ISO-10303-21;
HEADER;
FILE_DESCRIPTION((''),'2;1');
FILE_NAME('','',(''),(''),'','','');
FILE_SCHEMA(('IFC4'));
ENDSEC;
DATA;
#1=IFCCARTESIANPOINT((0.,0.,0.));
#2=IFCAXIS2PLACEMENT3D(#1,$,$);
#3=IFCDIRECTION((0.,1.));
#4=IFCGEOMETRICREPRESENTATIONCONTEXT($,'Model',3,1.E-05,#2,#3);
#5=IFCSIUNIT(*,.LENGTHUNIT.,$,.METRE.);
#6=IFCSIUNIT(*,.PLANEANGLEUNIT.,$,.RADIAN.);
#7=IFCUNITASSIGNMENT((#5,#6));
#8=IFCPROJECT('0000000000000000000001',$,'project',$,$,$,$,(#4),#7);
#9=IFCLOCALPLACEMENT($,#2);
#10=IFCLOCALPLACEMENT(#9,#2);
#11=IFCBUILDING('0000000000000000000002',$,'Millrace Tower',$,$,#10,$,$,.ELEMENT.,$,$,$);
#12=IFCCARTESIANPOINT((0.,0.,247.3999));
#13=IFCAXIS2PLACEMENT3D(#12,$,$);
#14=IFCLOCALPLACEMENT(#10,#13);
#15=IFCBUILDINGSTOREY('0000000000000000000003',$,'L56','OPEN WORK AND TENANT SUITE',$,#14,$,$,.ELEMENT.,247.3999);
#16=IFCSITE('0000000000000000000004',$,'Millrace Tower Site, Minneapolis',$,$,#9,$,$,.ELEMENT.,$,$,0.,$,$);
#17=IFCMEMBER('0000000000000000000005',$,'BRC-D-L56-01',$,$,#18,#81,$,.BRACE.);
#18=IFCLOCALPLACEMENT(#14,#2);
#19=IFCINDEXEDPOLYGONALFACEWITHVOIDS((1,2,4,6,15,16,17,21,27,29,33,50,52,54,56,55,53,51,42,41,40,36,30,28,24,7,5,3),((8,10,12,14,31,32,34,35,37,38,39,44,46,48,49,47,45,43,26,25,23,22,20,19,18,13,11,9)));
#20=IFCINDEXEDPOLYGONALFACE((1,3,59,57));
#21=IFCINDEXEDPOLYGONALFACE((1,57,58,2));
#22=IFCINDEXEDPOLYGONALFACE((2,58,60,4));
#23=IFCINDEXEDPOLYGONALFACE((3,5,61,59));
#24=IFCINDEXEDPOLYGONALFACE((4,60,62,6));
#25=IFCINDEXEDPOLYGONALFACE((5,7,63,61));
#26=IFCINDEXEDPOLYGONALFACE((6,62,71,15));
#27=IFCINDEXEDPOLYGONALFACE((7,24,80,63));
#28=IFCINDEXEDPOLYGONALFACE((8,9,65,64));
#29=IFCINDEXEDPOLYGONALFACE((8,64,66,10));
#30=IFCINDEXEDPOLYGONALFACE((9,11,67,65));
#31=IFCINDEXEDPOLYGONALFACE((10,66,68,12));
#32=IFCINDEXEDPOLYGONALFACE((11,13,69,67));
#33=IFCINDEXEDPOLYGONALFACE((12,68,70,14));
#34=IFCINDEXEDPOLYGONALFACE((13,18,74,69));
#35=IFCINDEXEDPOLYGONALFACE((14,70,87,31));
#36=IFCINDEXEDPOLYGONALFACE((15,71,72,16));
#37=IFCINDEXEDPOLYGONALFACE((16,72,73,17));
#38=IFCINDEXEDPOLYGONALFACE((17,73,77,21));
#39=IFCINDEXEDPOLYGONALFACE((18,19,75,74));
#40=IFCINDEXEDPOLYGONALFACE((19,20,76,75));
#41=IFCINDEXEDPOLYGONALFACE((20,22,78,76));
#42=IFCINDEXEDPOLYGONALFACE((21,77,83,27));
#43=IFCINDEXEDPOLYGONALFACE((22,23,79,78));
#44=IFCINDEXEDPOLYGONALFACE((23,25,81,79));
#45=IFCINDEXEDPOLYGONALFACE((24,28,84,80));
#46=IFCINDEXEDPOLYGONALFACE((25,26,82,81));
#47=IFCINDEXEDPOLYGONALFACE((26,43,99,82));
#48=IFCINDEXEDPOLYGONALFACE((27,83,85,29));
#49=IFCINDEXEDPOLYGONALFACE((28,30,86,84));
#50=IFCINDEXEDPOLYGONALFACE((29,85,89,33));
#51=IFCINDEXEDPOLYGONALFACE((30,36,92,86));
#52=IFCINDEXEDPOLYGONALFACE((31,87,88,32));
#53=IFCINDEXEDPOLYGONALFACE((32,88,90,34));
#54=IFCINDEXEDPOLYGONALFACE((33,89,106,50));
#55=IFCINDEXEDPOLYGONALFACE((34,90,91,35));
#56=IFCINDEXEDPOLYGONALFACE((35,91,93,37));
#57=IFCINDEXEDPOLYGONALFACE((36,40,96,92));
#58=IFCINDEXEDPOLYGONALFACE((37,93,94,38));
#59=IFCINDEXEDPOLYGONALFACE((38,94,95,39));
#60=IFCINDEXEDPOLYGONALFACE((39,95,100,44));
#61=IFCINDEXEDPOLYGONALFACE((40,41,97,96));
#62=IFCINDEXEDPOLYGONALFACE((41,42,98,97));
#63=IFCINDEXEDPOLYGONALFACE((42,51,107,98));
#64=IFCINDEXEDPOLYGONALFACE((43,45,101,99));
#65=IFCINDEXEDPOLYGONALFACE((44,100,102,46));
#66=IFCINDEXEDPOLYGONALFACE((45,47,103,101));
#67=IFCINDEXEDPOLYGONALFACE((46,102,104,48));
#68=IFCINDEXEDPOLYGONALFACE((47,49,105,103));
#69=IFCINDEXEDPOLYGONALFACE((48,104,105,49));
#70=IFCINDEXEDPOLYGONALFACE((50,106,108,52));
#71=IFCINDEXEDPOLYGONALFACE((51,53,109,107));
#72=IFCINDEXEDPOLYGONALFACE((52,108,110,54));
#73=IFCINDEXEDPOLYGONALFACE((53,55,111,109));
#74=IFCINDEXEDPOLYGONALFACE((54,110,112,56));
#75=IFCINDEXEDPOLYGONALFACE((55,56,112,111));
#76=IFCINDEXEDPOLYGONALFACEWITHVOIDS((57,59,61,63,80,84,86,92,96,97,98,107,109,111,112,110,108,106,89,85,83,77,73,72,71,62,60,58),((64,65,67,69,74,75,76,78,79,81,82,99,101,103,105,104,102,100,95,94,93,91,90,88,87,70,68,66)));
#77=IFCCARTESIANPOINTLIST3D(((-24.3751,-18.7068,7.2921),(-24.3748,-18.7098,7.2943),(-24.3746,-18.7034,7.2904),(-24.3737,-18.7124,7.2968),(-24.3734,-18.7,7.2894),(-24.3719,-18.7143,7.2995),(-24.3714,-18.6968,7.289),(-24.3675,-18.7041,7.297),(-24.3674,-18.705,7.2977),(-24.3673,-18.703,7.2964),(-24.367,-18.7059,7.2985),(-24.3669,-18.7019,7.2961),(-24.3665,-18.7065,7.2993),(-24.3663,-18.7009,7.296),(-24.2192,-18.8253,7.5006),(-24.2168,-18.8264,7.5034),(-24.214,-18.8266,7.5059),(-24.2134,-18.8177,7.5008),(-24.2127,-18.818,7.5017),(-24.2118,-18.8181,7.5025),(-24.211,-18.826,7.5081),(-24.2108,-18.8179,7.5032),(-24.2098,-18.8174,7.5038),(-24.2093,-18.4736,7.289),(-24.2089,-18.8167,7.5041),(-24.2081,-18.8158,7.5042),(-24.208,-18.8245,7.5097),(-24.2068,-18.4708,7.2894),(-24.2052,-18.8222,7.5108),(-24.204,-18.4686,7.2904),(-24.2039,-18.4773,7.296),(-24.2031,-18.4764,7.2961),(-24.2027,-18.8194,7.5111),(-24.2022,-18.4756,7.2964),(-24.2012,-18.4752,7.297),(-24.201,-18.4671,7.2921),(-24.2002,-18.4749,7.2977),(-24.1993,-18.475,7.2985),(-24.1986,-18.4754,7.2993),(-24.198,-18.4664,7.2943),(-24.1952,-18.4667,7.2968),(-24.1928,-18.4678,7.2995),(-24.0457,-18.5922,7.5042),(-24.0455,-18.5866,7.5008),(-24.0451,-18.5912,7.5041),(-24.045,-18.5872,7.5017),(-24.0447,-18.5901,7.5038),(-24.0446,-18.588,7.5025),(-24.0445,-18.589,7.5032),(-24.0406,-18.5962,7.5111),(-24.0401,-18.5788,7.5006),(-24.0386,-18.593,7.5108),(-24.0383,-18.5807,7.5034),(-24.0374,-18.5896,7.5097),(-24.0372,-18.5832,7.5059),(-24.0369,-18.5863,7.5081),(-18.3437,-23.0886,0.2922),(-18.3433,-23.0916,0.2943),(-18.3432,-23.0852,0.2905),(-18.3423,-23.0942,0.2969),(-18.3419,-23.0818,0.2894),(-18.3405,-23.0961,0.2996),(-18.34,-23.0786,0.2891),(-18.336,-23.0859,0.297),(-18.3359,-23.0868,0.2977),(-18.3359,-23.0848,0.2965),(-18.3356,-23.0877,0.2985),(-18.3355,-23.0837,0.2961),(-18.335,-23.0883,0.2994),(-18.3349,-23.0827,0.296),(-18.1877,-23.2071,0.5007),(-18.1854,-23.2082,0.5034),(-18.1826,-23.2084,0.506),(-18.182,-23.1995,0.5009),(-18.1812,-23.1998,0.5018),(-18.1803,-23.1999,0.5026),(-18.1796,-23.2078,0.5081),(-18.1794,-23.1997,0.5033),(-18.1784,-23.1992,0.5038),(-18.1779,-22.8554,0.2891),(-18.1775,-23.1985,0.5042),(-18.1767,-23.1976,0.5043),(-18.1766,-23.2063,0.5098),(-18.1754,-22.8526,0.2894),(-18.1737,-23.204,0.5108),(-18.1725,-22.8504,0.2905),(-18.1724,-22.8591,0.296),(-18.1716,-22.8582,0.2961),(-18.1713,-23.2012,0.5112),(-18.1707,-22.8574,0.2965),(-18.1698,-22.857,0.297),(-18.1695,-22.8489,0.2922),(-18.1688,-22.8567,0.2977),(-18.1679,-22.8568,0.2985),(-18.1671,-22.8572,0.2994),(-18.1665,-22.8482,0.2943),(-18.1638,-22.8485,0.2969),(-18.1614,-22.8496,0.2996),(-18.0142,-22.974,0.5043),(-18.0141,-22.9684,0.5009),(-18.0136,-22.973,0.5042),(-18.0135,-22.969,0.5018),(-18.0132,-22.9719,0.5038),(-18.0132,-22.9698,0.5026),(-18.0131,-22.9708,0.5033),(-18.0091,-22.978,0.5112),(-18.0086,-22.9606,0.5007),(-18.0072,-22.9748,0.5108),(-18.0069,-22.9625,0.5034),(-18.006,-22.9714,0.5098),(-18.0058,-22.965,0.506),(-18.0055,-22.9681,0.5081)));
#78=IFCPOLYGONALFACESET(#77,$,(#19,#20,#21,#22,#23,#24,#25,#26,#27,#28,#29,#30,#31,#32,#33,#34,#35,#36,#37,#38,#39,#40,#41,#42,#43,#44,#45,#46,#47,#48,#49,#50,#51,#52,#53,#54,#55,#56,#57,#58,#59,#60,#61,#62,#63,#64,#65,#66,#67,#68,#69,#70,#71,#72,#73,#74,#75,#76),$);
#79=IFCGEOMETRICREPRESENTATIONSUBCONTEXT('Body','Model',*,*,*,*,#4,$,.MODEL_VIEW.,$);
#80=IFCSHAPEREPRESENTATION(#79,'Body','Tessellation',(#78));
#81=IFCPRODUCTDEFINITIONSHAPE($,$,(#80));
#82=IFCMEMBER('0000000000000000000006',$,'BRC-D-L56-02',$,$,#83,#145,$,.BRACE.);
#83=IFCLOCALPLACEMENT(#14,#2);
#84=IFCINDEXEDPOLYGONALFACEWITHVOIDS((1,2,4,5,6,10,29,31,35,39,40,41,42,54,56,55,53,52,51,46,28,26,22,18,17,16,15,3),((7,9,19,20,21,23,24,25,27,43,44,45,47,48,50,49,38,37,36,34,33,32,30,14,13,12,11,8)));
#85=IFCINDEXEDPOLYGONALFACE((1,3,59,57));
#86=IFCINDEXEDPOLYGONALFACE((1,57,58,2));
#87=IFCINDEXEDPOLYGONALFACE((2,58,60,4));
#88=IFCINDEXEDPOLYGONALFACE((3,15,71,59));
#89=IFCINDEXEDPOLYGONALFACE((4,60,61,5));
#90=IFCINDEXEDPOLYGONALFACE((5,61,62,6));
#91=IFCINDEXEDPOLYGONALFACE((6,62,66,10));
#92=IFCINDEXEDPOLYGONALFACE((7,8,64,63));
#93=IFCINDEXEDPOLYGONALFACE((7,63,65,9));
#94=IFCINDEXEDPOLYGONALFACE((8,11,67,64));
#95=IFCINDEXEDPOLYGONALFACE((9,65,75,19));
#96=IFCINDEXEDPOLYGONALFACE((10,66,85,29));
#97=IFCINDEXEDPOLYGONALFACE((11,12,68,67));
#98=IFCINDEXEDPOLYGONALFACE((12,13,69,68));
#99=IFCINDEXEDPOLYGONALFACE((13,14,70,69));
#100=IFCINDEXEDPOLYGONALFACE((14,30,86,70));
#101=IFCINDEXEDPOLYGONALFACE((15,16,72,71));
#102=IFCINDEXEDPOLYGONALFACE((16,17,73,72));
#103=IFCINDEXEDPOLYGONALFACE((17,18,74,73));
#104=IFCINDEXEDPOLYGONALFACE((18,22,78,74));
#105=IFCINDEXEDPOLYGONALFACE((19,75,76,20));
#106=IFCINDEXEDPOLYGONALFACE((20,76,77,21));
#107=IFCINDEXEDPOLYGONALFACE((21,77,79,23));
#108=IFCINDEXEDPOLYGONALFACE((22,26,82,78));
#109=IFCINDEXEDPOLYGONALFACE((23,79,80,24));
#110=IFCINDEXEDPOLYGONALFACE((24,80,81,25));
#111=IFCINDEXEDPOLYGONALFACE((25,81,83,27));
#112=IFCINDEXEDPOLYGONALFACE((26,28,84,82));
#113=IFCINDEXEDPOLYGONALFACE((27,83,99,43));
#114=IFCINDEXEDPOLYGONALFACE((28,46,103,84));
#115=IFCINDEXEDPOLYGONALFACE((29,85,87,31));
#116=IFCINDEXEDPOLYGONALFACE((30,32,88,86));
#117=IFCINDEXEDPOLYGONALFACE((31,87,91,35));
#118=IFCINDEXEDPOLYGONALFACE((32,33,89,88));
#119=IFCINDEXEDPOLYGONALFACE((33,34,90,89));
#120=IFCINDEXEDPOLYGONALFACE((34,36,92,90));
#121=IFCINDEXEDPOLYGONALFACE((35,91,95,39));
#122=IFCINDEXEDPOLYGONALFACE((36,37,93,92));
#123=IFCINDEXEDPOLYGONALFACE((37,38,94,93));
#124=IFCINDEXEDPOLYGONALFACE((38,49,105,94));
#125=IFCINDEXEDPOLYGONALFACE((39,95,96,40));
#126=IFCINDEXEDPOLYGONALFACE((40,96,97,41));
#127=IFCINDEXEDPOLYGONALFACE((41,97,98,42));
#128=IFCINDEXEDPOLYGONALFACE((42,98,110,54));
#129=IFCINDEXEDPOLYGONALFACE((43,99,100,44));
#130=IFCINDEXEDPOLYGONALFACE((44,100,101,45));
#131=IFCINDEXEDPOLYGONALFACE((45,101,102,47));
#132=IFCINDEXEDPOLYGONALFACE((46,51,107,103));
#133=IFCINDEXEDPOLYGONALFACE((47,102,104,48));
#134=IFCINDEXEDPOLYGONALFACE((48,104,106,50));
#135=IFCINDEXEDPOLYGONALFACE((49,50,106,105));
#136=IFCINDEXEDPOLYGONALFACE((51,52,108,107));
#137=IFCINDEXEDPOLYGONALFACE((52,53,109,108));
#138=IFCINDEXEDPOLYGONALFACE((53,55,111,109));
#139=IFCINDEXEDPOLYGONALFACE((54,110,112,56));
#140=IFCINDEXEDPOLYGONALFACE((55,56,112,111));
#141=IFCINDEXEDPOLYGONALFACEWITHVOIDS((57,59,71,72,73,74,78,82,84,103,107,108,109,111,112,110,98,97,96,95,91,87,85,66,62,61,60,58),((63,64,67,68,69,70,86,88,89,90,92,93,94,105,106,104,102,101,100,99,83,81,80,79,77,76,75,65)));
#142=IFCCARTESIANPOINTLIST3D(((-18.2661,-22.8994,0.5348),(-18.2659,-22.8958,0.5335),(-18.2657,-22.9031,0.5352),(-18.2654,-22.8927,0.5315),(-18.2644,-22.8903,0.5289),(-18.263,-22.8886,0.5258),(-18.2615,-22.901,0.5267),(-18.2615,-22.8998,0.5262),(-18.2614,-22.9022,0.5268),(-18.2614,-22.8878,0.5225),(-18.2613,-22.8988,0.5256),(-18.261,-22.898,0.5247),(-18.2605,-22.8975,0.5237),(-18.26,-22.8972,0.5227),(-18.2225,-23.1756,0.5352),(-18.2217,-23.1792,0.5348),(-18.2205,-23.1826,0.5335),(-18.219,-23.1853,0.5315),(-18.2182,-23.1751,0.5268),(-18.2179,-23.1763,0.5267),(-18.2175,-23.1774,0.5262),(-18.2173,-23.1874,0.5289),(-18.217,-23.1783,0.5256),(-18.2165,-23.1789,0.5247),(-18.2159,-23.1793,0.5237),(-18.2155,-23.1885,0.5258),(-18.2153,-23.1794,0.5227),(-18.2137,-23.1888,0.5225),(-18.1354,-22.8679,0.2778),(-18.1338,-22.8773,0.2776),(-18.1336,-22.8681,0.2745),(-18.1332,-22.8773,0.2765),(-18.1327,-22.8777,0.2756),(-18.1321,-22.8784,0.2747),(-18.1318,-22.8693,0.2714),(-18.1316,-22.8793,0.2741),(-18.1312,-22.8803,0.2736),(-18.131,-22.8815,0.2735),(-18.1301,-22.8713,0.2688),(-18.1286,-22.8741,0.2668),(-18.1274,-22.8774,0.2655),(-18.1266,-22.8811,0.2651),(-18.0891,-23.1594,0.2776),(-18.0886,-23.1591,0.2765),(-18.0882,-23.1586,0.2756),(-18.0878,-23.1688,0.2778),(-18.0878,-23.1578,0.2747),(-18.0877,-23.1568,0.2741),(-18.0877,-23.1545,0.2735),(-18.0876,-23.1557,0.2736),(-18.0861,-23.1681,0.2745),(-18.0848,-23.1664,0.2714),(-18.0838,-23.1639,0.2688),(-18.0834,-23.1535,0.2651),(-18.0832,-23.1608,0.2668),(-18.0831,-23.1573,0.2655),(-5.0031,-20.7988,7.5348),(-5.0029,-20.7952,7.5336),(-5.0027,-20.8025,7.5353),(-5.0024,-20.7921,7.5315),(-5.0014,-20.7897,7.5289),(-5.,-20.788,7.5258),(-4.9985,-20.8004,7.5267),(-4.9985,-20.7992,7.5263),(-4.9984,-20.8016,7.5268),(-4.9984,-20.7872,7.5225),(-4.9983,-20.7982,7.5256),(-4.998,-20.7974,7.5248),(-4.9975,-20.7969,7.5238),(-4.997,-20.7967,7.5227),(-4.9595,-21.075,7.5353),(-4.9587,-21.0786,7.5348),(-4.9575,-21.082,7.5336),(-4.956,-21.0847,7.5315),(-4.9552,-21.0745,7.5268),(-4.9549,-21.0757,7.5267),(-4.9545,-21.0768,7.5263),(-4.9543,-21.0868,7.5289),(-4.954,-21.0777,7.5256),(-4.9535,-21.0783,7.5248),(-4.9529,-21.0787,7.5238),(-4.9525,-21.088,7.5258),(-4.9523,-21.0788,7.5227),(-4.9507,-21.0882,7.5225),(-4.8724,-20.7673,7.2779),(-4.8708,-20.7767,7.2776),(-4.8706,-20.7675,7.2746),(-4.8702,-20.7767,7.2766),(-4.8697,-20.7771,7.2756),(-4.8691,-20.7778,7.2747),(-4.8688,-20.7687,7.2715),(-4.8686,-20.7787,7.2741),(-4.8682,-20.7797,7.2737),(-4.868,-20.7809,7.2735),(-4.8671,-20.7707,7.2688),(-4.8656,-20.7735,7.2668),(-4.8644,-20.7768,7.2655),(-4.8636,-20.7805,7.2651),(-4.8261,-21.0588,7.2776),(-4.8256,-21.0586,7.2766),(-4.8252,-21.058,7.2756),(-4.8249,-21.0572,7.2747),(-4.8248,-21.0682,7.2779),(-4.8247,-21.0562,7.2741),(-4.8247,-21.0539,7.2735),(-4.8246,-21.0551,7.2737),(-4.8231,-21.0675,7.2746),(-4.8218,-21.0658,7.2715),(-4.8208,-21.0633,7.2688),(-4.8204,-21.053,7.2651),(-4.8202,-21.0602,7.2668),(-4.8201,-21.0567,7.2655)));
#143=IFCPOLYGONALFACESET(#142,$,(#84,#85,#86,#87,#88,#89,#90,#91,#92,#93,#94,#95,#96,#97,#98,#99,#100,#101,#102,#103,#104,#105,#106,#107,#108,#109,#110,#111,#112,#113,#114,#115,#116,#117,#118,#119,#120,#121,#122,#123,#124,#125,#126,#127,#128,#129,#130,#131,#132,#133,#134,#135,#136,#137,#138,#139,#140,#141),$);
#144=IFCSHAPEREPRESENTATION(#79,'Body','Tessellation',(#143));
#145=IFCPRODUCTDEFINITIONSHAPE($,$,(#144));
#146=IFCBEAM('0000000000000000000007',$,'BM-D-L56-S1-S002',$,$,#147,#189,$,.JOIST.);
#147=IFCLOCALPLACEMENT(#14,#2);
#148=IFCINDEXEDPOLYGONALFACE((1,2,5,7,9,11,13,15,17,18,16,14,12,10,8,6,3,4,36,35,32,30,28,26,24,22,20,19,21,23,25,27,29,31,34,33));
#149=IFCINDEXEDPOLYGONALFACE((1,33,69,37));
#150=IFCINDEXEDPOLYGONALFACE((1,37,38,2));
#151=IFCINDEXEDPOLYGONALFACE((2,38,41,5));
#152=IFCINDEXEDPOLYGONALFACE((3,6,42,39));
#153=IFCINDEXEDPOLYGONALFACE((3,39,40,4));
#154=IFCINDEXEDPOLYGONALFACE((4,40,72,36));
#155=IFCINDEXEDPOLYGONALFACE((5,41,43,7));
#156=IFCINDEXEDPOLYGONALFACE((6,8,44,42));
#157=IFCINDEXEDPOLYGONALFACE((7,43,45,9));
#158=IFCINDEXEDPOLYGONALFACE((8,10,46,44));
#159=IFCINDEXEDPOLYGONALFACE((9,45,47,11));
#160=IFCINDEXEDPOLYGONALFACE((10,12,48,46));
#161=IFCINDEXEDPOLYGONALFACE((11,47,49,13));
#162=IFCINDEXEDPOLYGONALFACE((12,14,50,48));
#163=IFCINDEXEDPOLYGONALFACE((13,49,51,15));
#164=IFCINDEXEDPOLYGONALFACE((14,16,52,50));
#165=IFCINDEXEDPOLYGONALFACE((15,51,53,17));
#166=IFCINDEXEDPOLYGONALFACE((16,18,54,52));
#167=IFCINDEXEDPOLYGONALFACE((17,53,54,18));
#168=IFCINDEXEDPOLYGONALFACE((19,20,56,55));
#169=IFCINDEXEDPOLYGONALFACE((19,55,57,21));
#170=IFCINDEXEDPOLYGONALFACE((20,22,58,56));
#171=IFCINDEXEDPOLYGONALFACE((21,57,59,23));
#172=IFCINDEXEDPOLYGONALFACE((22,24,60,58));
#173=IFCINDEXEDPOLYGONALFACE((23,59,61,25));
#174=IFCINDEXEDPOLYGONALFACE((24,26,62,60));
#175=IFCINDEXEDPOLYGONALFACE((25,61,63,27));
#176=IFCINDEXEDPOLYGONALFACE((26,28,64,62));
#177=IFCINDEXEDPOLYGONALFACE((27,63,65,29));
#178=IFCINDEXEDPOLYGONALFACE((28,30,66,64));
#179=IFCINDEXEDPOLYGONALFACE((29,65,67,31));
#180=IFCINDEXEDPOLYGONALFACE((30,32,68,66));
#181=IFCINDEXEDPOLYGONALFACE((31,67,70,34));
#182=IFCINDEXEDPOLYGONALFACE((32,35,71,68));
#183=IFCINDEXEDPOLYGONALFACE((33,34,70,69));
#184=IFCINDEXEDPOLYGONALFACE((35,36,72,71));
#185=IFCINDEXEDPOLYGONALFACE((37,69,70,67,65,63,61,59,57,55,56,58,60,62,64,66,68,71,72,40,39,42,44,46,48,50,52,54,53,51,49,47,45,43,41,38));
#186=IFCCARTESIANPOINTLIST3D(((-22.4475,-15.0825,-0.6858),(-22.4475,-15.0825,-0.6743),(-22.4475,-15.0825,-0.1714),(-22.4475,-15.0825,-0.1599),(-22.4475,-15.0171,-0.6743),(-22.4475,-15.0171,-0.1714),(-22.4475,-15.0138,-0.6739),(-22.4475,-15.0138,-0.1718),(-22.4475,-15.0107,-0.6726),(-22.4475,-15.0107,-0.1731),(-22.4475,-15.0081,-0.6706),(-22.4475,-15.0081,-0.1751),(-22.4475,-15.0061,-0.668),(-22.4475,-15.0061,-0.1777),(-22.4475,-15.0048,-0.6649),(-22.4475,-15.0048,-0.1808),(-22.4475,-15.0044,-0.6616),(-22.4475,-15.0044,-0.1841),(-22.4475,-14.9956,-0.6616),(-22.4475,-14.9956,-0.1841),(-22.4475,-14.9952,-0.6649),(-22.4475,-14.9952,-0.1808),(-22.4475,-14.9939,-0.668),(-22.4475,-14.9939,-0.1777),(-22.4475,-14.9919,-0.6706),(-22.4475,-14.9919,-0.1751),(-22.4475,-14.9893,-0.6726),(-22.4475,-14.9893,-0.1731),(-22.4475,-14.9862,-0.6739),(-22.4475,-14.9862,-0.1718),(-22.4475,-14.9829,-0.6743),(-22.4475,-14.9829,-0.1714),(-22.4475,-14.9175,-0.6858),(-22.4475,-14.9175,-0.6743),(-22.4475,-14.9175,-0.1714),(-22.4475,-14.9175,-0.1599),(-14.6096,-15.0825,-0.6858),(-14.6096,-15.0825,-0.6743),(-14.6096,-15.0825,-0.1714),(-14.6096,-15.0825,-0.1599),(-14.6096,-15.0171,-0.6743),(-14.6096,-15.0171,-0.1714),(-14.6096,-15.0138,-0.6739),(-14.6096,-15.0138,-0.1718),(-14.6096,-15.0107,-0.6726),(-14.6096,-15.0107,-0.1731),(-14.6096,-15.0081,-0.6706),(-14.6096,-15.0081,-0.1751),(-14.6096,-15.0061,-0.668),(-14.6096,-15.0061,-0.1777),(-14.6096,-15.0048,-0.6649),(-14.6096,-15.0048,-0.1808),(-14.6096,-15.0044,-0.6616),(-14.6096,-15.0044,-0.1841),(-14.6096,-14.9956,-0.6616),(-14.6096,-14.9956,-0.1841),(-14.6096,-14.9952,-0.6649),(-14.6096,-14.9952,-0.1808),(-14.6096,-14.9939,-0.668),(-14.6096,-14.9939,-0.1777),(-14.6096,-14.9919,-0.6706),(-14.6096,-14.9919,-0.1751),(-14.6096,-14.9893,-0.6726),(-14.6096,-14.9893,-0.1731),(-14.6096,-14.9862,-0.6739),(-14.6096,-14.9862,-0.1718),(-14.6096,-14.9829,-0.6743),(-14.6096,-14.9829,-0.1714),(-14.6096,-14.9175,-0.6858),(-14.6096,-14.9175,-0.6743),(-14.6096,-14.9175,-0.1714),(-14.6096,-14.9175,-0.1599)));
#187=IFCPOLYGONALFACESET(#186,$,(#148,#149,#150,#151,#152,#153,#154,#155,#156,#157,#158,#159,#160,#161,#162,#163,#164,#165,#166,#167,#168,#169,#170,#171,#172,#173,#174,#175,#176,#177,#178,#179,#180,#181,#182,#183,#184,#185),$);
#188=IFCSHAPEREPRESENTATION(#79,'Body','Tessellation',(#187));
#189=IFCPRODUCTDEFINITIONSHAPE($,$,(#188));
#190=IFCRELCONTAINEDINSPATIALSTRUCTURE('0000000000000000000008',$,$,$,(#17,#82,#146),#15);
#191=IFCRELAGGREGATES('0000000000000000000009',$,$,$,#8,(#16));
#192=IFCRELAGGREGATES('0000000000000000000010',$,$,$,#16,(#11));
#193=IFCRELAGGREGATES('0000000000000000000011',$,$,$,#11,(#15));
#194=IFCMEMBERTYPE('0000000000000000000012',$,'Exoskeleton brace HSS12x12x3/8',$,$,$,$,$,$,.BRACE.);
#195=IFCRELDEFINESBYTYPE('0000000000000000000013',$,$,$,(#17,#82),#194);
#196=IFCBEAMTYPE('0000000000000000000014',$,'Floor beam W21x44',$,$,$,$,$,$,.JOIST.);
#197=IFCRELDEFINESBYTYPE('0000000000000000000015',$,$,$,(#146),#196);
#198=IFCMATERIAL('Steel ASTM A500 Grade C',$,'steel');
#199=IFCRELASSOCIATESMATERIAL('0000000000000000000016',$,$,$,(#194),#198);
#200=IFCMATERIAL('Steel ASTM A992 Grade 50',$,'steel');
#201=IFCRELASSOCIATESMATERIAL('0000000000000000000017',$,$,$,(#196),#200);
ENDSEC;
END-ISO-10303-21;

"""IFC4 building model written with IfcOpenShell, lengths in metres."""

from ifc_helpers import new_model, si_unit, direction, frame, origin, origin_2d, place, context, subcontext, project, spatial, hollow_rectangle, i_section, extrude, material, material_profile, profile_set, type_object, element, save


model = new_model("IFC4")

# Units and contexts
model_context = context("Model", 3, precision=1e-05, world=origin(), true_north=direction((0.0, 1.0)))
body_context = subcontext(model_context, "Body", "Model", "MODEL_VIEW")
ifc_project = project(units=[si_unit("LENGTHUNIT", "METRE"), si_unit("PLANEANGLEUNIT", "RADIAN")], contexts=[model_context])

# Site, building, storey
site_placement = place(None, origin())
site = spatial("IfcSite", under=ifc_project, at=site_placement, Name="Millrace Tower Site, Minneapolis", CompositionType="ELEMENT", RefElevation=0.0)
building_placement = place(site_placement, origin())
building = spatial("IfcBuilding", under=site, at=building_placement, Name="Millrace Tower", CompositionType="ELEMENT")
storey_placement = place(building_placement, frame((0.0, 0.0, 247.3999)))
storey = spatial("IfcBuildingStorey", under=building, at=storey_placement, Name="L56", Description="OPEN WORK AND TENANT SUITE", CompositionType="ELEMENT", Elevation=247.3999)

# Members
ifc_material_1 = material(Name="Steel ASTM A500 Grade C", Category="steel")
ifc_material_profile_1 = material_profile(ifc_material_1, hollow_rectangle(XDim=0.3047, YDim=0.3047, WallThickness=0.0095, InnerFilletRadius=0.0046, OuterFilletRadius=0.0144, at=origin_2d()))
ifc_profile_set_1 = profile_set([ifc_material_profile_1], Name="Steel ASTM A500 Grade C")
member_type_1 = type_object("IfcMemberType", Name="Exoskeleton brace HSS12x12x3/8", PredefinedType="BRACE", material=ifc_profile_set_1)
member_1_placement = place(storey_placement, frame((-18.1746, -23.0283, 0.4001), z_axis=(-0.589796, 0.428482, 0.684502), x_axis=(-0.587759, -0.809036, 0.0)))
element("IfcMember", 1, at=member_1_placement, inside=storey, type_object=member_type_1, Name="BRC-D-L56-01", PredefinedType="BRACE", context=body_context, shape_type="SweptSolid", body=[
    extrude(hollow_rectangle(XDim=0.3047, YDim=0.3047, WallThickness=0.0095, InnerFilletRadius=0.0046, OuterFilletRadius=0.0144, at=origin_2d()), origin(), (0.0, 0.0, 1.0), 10.2263),
])
member_2_placement = place(storey_placement, frame((-18.1746, -23.0283, 0.4001), z_axis=(0.875832, 0.138714, 0.462252), x_axis=(-0.15643, 0.987689, 0.0)))
element("IfcMember", 2, at=member_2_placement, inside=storey, type_object=member_type_1, Name="BRC-D-L56-02", PredefinedType="BRACE", context=body_context, shape_type="SweptSolid", body=[
    extrude(hollow_rectangle(XDim=0.3047, YDim=0.3047, WallThickness=0.0095, InnerFilletRadius=0.0046, OuterFilletRadius=0.0144, at=origin_2d()), origin(), (0.0, 0.0, 1.0), 15.1433),
])

# Beam
ifc_material_2 = material(Name="Steel ASTM A992 Grade 50", Category="steel")
ifc_material_profile_2 = material_profile(ifc_material_2, i_section(OverallWidth=0.165, OverallDepth=0.5259, WebThickness=0.0088, FlangeThickness=0.0115, FilletRadius=0.0127, at=origin_2d()))
ifc_profile_set_2 = profile_set([ifc_material_profile_2], Name="Steel ASTM A992 Grade 50")
beam_type_1 = type_object("IfcBeamType", Name="Floor beam W21x44", PredefinedType="JOIST", material=ifc_profile_set_2)
beam_1_placement = place(storey_placement, frame((-22.4475, -15.0, -0.4229), z_axis=(1.0, 0.0, 0.0), x_axis=(0.0, 1.0, 0.0)))
element("IfcBeam", 3, at=beam_1_placement, inside=storey, type_object=beam_type_1, Name="BM-D-L56-S1-S002", PredefinedType="JOIST", context=body_context, shape_type="SweptSolid", body=[
    extrude(i_section(OverallWidth=0.165, OverallDepth=0.5259, WebThickness=0.0088, FlangeThickness=0.0115, FilletRadius=0.0127, at=origin_2d()), origin(), (0.0, 0.0, 1.0), 7.8379),
])

save(model, "model.ifc")
